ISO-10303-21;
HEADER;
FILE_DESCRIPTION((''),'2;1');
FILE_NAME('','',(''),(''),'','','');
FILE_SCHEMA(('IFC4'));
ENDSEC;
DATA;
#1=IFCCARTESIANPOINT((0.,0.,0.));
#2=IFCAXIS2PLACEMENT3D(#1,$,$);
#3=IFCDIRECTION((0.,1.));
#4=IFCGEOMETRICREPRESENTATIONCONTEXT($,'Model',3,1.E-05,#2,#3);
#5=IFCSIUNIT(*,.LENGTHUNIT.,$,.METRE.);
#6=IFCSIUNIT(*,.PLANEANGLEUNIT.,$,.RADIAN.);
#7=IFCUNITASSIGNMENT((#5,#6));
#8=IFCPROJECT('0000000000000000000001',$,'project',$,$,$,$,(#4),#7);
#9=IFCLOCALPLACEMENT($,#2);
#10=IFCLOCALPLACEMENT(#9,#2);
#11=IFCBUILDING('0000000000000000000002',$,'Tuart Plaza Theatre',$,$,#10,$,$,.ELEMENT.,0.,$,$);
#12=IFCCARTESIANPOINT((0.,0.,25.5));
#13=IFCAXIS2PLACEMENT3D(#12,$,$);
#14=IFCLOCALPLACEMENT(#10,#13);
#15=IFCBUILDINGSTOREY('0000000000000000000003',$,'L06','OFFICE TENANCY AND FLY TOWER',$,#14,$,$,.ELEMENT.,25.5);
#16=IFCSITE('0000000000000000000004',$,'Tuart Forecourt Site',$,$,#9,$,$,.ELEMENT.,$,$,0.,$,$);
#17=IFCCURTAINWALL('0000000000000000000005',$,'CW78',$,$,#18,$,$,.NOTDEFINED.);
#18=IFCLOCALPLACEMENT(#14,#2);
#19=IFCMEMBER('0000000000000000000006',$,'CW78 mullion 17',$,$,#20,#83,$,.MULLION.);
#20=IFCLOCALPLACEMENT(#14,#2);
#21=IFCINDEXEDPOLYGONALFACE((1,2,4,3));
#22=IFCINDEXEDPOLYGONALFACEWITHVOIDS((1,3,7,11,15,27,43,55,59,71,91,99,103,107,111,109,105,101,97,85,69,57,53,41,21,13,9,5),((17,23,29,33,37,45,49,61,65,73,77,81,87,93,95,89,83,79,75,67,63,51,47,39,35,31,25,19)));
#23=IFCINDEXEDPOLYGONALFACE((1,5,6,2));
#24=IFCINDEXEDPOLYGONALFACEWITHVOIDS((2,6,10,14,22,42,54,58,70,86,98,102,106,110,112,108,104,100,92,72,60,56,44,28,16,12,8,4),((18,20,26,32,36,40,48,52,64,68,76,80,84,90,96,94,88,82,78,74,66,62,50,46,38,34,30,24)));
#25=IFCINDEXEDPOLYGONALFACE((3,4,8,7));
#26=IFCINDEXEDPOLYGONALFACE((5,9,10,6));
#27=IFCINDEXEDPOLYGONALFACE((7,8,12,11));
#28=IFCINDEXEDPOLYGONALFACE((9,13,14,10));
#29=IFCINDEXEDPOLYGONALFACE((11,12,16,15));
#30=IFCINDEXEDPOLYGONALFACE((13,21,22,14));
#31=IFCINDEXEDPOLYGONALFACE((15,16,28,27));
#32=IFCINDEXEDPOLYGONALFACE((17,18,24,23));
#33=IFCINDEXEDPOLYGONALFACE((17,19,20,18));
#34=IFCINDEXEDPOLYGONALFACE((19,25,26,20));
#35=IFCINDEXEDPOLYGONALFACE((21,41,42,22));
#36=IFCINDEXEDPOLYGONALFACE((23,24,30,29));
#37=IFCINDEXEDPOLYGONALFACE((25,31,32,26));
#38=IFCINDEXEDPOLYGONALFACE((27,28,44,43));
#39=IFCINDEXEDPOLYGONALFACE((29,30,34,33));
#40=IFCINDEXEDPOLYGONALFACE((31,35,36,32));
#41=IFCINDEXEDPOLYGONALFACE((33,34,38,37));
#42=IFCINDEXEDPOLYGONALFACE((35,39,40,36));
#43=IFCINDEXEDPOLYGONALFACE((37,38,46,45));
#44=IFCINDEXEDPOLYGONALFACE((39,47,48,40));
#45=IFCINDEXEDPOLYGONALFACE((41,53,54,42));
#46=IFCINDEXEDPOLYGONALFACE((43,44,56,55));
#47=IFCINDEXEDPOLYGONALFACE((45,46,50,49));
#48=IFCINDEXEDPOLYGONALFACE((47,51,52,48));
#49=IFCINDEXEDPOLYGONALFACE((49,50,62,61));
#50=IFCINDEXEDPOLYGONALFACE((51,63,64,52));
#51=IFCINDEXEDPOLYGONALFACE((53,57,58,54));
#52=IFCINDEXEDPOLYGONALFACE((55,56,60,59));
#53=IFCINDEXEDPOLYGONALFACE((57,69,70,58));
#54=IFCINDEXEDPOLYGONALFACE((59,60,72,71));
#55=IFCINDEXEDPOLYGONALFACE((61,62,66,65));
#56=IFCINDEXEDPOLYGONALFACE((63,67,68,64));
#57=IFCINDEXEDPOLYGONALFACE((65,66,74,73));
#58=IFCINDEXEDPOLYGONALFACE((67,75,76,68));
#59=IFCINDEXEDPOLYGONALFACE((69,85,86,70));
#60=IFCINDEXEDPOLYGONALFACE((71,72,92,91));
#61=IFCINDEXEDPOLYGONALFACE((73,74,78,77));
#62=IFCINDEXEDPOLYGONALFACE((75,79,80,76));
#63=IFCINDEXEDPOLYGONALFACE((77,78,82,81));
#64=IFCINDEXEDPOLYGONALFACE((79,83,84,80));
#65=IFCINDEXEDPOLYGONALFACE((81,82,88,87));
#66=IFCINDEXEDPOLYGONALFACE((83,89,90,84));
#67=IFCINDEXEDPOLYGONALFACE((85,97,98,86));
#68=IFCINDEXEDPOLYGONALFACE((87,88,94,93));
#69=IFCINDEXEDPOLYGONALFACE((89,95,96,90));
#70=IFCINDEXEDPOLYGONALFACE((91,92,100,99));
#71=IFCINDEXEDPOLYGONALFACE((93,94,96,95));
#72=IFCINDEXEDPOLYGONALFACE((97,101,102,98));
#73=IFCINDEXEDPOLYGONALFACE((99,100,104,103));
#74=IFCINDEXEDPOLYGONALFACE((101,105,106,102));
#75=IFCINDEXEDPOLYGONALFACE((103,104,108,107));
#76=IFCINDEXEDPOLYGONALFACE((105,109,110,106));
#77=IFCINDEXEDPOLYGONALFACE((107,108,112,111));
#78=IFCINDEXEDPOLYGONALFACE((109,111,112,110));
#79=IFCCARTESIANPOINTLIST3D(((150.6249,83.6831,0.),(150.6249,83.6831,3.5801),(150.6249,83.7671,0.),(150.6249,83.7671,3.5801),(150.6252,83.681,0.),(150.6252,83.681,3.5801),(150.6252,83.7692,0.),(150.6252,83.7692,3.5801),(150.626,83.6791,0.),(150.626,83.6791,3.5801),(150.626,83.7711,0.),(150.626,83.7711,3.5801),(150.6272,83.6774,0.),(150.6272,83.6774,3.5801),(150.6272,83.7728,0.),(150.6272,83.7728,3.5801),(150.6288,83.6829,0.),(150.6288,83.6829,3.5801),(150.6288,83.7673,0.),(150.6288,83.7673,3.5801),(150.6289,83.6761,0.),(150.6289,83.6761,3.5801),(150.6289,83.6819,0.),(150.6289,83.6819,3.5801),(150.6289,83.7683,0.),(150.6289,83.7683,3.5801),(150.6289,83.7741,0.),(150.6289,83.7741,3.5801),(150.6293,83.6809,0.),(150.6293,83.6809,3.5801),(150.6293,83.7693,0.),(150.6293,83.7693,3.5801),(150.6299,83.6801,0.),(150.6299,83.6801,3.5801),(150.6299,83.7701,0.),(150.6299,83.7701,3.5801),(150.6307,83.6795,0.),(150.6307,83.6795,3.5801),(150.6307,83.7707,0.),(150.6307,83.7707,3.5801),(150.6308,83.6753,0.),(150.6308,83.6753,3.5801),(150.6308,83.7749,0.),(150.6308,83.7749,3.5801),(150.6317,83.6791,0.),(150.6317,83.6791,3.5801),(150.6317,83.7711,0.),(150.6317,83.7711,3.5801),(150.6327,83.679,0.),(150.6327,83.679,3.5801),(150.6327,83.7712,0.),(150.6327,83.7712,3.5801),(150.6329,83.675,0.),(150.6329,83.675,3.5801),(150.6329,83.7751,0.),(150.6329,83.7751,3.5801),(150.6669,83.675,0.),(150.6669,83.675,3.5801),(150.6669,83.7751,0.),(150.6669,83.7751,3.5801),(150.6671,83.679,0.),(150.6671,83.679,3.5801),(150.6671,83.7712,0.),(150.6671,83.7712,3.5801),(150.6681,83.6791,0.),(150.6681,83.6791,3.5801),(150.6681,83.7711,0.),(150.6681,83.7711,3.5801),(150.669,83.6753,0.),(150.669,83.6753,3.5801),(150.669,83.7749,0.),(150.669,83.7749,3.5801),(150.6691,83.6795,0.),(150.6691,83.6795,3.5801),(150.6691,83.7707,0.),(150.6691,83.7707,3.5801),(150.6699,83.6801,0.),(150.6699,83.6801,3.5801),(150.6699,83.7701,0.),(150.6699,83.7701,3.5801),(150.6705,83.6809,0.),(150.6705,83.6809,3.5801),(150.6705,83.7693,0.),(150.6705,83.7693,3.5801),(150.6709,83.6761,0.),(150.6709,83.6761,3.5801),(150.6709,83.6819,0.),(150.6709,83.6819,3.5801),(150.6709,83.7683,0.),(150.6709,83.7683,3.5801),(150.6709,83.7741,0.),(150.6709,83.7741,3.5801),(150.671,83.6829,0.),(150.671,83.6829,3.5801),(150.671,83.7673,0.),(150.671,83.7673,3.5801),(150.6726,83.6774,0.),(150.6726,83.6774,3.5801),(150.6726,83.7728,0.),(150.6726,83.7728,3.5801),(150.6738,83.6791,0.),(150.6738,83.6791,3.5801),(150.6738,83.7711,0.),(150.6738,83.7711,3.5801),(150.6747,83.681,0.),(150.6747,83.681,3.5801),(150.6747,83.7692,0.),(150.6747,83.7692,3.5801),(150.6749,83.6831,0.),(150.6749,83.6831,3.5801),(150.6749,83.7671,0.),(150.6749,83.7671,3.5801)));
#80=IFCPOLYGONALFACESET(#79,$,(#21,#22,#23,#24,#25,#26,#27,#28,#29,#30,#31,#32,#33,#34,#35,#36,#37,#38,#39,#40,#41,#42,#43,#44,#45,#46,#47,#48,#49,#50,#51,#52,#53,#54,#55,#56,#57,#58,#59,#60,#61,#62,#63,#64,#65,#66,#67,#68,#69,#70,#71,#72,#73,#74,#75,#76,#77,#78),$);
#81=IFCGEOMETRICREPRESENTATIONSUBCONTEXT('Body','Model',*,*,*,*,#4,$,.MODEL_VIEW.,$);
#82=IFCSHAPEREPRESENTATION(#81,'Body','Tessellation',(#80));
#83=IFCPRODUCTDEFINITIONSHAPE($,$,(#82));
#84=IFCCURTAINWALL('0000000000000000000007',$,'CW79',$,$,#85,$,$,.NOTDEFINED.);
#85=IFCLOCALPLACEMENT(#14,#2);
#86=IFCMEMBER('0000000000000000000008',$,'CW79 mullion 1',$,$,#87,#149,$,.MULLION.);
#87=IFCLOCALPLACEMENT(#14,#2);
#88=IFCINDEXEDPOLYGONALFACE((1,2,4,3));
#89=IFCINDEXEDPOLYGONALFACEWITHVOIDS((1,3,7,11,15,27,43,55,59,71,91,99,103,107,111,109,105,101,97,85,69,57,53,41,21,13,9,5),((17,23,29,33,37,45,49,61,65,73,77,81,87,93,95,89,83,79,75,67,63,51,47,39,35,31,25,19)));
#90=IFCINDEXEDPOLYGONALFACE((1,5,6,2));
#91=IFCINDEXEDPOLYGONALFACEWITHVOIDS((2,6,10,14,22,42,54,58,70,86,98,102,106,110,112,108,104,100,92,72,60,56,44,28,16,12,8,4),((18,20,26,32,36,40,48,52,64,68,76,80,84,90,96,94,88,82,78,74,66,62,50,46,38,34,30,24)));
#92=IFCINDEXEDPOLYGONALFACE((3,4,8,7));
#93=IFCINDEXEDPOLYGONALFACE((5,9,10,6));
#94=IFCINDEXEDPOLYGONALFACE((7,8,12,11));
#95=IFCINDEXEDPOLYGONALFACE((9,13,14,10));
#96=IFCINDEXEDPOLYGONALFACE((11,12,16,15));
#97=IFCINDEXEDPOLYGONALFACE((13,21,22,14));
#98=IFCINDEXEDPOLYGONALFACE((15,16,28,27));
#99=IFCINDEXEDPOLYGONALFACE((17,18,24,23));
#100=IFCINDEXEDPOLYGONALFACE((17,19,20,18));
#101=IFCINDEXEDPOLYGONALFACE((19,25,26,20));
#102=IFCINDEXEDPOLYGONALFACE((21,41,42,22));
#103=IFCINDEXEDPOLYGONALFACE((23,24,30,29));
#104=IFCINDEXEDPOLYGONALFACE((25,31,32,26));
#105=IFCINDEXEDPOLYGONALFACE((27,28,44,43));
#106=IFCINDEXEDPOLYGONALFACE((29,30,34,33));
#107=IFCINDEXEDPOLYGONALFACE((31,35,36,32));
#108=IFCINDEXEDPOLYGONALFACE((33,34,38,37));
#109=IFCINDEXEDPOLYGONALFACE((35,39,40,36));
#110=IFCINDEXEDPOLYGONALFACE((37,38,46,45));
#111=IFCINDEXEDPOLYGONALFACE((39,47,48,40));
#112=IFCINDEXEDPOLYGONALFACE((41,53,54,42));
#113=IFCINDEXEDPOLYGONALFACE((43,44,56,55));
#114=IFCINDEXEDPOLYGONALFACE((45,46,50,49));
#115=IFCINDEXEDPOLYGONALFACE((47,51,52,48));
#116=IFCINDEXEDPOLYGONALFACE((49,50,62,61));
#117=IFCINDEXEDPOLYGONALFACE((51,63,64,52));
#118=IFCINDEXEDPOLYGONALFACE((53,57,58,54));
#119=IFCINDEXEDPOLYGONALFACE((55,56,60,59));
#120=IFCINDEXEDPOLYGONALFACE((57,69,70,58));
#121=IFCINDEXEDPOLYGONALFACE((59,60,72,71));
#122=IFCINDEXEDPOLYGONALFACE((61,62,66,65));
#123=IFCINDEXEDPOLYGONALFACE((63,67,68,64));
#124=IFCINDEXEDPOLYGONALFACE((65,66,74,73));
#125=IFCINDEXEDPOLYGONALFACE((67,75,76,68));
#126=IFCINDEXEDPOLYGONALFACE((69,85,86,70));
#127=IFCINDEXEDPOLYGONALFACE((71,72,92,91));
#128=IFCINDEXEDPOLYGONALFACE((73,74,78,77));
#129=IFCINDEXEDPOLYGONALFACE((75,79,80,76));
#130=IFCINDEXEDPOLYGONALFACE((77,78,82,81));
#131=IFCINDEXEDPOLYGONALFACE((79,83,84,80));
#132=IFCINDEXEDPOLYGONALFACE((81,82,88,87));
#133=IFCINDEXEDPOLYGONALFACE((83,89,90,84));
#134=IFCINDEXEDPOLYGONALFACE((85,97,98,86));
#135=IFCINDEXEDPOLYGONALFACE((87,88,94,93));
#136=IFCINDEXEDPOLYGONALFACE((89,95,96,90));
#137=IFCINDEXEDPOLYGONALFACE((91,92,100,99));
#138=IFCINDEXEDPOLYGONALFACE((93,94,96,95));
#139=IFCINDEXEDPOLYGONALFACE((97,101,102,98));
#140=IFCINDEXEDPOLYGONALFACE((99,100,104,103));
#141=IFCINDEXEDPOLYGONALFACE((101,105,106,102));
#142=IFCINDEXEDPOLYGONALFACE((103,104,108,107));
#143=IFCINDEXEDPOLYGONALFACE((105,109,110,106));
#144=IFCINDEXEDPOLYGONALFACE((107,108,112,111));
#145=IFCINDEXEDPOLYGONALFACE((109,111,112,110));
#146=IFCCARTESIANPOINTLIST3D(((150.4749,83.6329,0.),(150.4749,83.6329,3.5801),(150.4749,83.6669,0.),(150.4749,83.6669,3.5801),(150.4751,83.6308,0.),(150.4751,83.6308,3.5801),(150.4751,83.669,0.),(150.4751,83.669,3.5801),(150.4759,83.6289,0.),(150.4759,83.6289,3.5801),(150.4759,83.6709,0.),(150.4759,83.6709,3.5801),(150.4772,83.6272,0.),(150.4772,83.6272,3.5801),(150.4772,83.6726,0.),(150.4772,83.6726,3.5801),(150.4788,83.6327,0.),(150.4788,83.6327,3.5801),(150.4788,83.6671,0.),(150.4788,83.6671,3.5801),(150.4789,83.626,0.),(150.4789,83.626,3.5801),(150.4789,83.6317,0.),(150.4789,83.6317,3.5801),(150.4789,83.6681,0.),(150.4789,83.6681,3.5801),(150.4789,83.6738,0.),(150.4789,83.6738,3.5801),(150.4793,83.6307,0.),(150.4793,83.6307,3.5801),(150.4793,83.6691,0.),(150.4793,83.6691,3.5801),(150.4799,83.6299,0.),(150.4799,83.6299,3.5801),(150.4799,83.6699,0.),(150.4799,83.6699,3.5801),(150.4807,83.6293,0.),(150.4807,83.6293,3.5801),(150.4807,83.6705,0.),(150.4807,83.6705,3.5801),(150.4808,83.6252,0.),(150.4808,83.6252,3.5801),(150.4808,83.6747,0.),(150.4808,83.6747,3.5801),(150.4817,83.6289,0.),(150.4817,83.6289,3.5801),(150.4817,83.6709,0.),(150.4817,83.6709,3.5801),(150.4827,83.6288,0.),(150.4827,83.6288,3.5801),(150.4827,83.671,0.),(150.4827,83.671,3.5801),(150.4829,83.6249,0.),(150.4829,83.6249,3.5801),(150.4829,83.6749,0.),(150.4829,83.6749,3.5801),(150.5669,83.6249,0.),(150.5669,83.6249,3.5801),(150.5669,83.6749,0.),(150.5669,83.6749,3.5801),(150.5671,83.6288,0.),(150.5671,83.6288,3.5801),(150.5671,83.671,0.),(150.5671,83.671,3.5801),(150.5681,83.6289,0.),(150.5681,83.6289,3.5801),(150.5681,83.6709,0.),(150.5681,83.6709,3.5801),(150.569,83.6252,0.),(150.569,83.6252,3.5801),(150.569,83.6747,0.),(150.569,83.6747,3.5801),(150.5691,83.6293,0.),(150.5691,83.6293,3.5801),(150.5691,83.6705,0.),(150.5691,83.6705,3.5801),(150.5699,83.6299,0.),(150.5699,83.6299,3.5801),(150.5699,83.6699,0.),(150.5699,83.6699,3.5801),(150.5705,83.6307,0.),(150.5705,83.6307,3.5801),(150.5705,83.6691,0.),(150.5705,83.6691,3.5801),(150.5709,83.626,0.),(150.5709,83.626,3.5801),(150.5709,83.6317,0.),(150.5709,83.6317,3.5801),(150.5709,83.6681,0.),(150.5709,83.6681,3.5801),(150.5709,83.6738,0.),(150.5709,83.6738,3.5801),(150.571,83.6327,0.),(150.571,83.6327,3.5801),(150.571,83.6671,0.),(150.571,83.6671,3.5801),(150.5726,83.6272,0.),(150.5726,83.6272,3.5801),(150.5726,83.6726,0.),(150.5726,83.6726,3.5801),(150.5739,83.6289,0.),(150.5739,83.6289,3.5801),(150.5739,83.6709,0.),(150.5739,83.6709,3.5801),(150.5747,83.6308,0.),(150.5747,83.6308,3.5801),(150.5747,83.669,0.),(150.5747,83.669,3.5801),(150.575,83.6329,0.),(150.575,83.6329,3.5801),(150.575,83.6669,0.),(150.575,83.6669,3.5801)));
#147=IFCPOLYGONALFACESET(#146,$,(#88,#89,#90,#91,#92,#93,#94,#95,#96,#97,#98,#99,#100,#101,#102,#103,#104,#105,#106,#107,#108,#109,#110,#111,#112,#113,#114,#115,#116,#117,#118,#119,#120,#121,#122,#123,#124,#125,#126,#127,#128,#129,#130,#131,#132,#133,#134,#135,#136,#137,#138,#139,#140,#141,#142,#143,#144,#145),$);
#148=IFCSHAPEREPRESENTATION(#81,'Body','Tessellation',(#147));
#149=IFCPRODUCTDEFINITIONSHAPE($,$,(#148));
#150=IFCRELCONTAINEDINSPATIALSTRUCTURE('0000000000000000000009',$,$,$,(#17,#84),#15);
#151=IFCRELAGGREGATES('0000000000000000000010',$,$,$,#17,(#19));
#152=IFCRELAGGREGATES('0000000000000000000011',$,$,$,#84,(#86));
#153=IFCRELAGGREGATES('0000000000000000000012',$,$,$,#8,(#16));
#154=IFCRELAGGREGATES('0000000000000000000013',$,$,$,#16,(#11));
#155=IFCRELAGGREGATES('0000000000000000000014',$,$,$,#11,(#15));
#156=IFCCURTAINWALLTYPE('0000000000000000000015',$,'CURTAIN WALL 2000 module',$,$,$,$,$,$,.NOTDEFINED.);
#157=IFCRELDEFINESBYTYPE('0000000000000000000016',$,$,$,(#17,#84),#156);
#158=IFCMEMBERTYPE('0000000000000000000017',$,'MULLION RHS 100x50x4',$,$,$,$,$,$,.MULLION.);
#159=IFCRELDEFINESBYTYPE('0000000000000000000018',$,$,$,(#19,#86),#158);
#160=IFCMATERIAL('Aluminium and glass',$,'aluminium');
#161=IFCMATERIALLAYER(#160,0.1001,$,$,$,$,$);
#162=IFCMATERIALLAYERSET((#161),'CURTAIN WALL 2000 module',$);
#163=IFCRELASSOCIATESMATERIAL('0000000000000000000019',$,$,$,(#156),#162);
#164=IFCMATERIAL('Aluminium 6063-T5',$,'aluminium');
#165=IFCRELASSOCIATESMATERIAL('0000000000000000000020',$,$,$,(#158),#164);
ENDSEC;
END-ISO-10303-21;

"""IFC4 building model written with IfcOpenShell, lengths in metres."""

from ifc_helpers import new_model, si_unit, direction, frame, origin, origin_2d, place, context, subcontext, project, spatial, hollow_rectangle, extrude, material, layer, layer_set, material_profile, profile_set, type_object, element, aggregate, save


model = new_model("IFC4")

# Units and contexts
model_context = context("Model", 3, precision=1e-05, world=origin(), true_north=direction((0.0, 1.0)))
body_context = subcontext(model_context, "Body", "Model", "MODEL_VIEW")
ifc_project = project(units=[si_unit("LENGTHUNIT", "METRE"), si_unit("PLANEANGLEUNIT", "RADIAN")], contexts=[model_context])

# Site, building, storey
site_placement = place(None, origin())
site = spatial("IfcSite", under=ifc_project, at=site_placement, Name="Tuart Forecourt Site", CompositionType="ELEMENT", RefElevation=0.0)
building_placement = place(site_placement, origin())
building = spatial("IfcBuilding", under=site, at=building_placement, Name="Tuart Plaza Theatre", CompositionType="ELEMENT", ElevationOfRefHeight=0.0)
storey_placement = place(building_placement, frame((0.0, 0.0, 25.5)))
storey = spatial("IfcBuildingStorey", under=building, at=storey_placement, Name="L06", Description="OFFICE TENANCY AND FLY TOWER", CompositionType="ELEMENT", Elevation=25.5)

# Curtain wall, member
ifc_material_1 = material(Name="Aluminium and glass", Category="aluminium")
ifc_layer_1 = layer(ifc_material_1, 0.1001)
ifc_layer_set_1 = layer_set([ifc_layer_1], Name="CURTAIN WALL 2000 module")
curtain_wall_type = type_object("IfcCurtainWallType", Name="CURTAIN WALL 2000 module", PredefinedType="NOTDEFINED", material=ifc_layer_set_1)
curtain_wall_1_placement = place(storey_placement, origin())
curtain_wall_1 = element("IfcCurtainWall", 1, at=curtain_wall_1_placement, inside=storey, type_object=curtain_wall_type, Name="CW78", PredefinedType="NOTDEFINED")
ifc_material_2 = material(Name="Aluminium 6063-T5", Category="aluminium")
ifc_material_profile_1 = material_profile(ifc_material_2, hollow_rectangle(XDim=0.05, YDim=0.1001, WallThickness=0.0039, InnerFilletRadius=0.0039, OuterFilletRadius=0.0081, at=origin_2d()), Name="RHS 100x50x4")
ifc_profile_set_1 = profile_set([ifc_material_profile_1], Name="Aluminium 6063-T5")
member_type_1 = type_object("IfcMemberType", Name="MULLION RHS 100x50x4", PredefinedType="MULLION", material=ifc_profile_set_1)
member_1_placement = place(storey_placement, frame((150.6499, 83.7251, 0.0), z_axis=(0.0, 0.0, 1.0), x_axis=(-1.0, 0.0, 0.0)))
member_1 = element("IfcMember", 2, at=member_1_placement, type_object=member_type_1, Name="CW78 mullion 17", PredefinedType="MULLION", context=body_context, shape_type="SweptSolid", body=[
    extrude(hollow_rectangle(XDim=0.05, YDim=0.1001, WallThickness=0.0039, InnerFilletRadius=0.0039, OuterFilletRadius=0.0081, at=origin_2d()), origin(), (0.0, 0.0, 1.0), 3.5801),
])
aggregate(curtain_wall_1, [member_1])

# Curtain wall, member
curtain_wall_2_placement = place(storey_placement, origin())
curtain_wall_2 = element("IfcCurtainWall", 3, at=curtain_wall_2_placement, inside=storey, type_object=curtain_wall_type, Name="CW79", PredefinedType="NOTDEFINED")
member_2_placement = place(storey_placement, frame((150.5249, 83.6499, 0.0), z_axis=(0.0, 0.0, 1.0), x_axis=(0.0, -1.0, 0.0)))
member_2 = element("IfcMember", 4, at=member_2_placement, type_object=member_type_1, Name="CW79 mullion 1", PredefinedType="MULLION", context=body_context, shape_type="SweptSolid", body=[
    extrude(hollow_rectangle(XDim=0.05, YDim=0.1001, WallThickness=0.0039, InnerFilletRadius=0.0039, OuterFilletRadius=0.0081, at=origin_2d()), origin(), (0.0, 0.0, 1.0), 3.5801),
])

aggregate(curtain_wall_2, [member_2])

save(model, "model.ifc")
